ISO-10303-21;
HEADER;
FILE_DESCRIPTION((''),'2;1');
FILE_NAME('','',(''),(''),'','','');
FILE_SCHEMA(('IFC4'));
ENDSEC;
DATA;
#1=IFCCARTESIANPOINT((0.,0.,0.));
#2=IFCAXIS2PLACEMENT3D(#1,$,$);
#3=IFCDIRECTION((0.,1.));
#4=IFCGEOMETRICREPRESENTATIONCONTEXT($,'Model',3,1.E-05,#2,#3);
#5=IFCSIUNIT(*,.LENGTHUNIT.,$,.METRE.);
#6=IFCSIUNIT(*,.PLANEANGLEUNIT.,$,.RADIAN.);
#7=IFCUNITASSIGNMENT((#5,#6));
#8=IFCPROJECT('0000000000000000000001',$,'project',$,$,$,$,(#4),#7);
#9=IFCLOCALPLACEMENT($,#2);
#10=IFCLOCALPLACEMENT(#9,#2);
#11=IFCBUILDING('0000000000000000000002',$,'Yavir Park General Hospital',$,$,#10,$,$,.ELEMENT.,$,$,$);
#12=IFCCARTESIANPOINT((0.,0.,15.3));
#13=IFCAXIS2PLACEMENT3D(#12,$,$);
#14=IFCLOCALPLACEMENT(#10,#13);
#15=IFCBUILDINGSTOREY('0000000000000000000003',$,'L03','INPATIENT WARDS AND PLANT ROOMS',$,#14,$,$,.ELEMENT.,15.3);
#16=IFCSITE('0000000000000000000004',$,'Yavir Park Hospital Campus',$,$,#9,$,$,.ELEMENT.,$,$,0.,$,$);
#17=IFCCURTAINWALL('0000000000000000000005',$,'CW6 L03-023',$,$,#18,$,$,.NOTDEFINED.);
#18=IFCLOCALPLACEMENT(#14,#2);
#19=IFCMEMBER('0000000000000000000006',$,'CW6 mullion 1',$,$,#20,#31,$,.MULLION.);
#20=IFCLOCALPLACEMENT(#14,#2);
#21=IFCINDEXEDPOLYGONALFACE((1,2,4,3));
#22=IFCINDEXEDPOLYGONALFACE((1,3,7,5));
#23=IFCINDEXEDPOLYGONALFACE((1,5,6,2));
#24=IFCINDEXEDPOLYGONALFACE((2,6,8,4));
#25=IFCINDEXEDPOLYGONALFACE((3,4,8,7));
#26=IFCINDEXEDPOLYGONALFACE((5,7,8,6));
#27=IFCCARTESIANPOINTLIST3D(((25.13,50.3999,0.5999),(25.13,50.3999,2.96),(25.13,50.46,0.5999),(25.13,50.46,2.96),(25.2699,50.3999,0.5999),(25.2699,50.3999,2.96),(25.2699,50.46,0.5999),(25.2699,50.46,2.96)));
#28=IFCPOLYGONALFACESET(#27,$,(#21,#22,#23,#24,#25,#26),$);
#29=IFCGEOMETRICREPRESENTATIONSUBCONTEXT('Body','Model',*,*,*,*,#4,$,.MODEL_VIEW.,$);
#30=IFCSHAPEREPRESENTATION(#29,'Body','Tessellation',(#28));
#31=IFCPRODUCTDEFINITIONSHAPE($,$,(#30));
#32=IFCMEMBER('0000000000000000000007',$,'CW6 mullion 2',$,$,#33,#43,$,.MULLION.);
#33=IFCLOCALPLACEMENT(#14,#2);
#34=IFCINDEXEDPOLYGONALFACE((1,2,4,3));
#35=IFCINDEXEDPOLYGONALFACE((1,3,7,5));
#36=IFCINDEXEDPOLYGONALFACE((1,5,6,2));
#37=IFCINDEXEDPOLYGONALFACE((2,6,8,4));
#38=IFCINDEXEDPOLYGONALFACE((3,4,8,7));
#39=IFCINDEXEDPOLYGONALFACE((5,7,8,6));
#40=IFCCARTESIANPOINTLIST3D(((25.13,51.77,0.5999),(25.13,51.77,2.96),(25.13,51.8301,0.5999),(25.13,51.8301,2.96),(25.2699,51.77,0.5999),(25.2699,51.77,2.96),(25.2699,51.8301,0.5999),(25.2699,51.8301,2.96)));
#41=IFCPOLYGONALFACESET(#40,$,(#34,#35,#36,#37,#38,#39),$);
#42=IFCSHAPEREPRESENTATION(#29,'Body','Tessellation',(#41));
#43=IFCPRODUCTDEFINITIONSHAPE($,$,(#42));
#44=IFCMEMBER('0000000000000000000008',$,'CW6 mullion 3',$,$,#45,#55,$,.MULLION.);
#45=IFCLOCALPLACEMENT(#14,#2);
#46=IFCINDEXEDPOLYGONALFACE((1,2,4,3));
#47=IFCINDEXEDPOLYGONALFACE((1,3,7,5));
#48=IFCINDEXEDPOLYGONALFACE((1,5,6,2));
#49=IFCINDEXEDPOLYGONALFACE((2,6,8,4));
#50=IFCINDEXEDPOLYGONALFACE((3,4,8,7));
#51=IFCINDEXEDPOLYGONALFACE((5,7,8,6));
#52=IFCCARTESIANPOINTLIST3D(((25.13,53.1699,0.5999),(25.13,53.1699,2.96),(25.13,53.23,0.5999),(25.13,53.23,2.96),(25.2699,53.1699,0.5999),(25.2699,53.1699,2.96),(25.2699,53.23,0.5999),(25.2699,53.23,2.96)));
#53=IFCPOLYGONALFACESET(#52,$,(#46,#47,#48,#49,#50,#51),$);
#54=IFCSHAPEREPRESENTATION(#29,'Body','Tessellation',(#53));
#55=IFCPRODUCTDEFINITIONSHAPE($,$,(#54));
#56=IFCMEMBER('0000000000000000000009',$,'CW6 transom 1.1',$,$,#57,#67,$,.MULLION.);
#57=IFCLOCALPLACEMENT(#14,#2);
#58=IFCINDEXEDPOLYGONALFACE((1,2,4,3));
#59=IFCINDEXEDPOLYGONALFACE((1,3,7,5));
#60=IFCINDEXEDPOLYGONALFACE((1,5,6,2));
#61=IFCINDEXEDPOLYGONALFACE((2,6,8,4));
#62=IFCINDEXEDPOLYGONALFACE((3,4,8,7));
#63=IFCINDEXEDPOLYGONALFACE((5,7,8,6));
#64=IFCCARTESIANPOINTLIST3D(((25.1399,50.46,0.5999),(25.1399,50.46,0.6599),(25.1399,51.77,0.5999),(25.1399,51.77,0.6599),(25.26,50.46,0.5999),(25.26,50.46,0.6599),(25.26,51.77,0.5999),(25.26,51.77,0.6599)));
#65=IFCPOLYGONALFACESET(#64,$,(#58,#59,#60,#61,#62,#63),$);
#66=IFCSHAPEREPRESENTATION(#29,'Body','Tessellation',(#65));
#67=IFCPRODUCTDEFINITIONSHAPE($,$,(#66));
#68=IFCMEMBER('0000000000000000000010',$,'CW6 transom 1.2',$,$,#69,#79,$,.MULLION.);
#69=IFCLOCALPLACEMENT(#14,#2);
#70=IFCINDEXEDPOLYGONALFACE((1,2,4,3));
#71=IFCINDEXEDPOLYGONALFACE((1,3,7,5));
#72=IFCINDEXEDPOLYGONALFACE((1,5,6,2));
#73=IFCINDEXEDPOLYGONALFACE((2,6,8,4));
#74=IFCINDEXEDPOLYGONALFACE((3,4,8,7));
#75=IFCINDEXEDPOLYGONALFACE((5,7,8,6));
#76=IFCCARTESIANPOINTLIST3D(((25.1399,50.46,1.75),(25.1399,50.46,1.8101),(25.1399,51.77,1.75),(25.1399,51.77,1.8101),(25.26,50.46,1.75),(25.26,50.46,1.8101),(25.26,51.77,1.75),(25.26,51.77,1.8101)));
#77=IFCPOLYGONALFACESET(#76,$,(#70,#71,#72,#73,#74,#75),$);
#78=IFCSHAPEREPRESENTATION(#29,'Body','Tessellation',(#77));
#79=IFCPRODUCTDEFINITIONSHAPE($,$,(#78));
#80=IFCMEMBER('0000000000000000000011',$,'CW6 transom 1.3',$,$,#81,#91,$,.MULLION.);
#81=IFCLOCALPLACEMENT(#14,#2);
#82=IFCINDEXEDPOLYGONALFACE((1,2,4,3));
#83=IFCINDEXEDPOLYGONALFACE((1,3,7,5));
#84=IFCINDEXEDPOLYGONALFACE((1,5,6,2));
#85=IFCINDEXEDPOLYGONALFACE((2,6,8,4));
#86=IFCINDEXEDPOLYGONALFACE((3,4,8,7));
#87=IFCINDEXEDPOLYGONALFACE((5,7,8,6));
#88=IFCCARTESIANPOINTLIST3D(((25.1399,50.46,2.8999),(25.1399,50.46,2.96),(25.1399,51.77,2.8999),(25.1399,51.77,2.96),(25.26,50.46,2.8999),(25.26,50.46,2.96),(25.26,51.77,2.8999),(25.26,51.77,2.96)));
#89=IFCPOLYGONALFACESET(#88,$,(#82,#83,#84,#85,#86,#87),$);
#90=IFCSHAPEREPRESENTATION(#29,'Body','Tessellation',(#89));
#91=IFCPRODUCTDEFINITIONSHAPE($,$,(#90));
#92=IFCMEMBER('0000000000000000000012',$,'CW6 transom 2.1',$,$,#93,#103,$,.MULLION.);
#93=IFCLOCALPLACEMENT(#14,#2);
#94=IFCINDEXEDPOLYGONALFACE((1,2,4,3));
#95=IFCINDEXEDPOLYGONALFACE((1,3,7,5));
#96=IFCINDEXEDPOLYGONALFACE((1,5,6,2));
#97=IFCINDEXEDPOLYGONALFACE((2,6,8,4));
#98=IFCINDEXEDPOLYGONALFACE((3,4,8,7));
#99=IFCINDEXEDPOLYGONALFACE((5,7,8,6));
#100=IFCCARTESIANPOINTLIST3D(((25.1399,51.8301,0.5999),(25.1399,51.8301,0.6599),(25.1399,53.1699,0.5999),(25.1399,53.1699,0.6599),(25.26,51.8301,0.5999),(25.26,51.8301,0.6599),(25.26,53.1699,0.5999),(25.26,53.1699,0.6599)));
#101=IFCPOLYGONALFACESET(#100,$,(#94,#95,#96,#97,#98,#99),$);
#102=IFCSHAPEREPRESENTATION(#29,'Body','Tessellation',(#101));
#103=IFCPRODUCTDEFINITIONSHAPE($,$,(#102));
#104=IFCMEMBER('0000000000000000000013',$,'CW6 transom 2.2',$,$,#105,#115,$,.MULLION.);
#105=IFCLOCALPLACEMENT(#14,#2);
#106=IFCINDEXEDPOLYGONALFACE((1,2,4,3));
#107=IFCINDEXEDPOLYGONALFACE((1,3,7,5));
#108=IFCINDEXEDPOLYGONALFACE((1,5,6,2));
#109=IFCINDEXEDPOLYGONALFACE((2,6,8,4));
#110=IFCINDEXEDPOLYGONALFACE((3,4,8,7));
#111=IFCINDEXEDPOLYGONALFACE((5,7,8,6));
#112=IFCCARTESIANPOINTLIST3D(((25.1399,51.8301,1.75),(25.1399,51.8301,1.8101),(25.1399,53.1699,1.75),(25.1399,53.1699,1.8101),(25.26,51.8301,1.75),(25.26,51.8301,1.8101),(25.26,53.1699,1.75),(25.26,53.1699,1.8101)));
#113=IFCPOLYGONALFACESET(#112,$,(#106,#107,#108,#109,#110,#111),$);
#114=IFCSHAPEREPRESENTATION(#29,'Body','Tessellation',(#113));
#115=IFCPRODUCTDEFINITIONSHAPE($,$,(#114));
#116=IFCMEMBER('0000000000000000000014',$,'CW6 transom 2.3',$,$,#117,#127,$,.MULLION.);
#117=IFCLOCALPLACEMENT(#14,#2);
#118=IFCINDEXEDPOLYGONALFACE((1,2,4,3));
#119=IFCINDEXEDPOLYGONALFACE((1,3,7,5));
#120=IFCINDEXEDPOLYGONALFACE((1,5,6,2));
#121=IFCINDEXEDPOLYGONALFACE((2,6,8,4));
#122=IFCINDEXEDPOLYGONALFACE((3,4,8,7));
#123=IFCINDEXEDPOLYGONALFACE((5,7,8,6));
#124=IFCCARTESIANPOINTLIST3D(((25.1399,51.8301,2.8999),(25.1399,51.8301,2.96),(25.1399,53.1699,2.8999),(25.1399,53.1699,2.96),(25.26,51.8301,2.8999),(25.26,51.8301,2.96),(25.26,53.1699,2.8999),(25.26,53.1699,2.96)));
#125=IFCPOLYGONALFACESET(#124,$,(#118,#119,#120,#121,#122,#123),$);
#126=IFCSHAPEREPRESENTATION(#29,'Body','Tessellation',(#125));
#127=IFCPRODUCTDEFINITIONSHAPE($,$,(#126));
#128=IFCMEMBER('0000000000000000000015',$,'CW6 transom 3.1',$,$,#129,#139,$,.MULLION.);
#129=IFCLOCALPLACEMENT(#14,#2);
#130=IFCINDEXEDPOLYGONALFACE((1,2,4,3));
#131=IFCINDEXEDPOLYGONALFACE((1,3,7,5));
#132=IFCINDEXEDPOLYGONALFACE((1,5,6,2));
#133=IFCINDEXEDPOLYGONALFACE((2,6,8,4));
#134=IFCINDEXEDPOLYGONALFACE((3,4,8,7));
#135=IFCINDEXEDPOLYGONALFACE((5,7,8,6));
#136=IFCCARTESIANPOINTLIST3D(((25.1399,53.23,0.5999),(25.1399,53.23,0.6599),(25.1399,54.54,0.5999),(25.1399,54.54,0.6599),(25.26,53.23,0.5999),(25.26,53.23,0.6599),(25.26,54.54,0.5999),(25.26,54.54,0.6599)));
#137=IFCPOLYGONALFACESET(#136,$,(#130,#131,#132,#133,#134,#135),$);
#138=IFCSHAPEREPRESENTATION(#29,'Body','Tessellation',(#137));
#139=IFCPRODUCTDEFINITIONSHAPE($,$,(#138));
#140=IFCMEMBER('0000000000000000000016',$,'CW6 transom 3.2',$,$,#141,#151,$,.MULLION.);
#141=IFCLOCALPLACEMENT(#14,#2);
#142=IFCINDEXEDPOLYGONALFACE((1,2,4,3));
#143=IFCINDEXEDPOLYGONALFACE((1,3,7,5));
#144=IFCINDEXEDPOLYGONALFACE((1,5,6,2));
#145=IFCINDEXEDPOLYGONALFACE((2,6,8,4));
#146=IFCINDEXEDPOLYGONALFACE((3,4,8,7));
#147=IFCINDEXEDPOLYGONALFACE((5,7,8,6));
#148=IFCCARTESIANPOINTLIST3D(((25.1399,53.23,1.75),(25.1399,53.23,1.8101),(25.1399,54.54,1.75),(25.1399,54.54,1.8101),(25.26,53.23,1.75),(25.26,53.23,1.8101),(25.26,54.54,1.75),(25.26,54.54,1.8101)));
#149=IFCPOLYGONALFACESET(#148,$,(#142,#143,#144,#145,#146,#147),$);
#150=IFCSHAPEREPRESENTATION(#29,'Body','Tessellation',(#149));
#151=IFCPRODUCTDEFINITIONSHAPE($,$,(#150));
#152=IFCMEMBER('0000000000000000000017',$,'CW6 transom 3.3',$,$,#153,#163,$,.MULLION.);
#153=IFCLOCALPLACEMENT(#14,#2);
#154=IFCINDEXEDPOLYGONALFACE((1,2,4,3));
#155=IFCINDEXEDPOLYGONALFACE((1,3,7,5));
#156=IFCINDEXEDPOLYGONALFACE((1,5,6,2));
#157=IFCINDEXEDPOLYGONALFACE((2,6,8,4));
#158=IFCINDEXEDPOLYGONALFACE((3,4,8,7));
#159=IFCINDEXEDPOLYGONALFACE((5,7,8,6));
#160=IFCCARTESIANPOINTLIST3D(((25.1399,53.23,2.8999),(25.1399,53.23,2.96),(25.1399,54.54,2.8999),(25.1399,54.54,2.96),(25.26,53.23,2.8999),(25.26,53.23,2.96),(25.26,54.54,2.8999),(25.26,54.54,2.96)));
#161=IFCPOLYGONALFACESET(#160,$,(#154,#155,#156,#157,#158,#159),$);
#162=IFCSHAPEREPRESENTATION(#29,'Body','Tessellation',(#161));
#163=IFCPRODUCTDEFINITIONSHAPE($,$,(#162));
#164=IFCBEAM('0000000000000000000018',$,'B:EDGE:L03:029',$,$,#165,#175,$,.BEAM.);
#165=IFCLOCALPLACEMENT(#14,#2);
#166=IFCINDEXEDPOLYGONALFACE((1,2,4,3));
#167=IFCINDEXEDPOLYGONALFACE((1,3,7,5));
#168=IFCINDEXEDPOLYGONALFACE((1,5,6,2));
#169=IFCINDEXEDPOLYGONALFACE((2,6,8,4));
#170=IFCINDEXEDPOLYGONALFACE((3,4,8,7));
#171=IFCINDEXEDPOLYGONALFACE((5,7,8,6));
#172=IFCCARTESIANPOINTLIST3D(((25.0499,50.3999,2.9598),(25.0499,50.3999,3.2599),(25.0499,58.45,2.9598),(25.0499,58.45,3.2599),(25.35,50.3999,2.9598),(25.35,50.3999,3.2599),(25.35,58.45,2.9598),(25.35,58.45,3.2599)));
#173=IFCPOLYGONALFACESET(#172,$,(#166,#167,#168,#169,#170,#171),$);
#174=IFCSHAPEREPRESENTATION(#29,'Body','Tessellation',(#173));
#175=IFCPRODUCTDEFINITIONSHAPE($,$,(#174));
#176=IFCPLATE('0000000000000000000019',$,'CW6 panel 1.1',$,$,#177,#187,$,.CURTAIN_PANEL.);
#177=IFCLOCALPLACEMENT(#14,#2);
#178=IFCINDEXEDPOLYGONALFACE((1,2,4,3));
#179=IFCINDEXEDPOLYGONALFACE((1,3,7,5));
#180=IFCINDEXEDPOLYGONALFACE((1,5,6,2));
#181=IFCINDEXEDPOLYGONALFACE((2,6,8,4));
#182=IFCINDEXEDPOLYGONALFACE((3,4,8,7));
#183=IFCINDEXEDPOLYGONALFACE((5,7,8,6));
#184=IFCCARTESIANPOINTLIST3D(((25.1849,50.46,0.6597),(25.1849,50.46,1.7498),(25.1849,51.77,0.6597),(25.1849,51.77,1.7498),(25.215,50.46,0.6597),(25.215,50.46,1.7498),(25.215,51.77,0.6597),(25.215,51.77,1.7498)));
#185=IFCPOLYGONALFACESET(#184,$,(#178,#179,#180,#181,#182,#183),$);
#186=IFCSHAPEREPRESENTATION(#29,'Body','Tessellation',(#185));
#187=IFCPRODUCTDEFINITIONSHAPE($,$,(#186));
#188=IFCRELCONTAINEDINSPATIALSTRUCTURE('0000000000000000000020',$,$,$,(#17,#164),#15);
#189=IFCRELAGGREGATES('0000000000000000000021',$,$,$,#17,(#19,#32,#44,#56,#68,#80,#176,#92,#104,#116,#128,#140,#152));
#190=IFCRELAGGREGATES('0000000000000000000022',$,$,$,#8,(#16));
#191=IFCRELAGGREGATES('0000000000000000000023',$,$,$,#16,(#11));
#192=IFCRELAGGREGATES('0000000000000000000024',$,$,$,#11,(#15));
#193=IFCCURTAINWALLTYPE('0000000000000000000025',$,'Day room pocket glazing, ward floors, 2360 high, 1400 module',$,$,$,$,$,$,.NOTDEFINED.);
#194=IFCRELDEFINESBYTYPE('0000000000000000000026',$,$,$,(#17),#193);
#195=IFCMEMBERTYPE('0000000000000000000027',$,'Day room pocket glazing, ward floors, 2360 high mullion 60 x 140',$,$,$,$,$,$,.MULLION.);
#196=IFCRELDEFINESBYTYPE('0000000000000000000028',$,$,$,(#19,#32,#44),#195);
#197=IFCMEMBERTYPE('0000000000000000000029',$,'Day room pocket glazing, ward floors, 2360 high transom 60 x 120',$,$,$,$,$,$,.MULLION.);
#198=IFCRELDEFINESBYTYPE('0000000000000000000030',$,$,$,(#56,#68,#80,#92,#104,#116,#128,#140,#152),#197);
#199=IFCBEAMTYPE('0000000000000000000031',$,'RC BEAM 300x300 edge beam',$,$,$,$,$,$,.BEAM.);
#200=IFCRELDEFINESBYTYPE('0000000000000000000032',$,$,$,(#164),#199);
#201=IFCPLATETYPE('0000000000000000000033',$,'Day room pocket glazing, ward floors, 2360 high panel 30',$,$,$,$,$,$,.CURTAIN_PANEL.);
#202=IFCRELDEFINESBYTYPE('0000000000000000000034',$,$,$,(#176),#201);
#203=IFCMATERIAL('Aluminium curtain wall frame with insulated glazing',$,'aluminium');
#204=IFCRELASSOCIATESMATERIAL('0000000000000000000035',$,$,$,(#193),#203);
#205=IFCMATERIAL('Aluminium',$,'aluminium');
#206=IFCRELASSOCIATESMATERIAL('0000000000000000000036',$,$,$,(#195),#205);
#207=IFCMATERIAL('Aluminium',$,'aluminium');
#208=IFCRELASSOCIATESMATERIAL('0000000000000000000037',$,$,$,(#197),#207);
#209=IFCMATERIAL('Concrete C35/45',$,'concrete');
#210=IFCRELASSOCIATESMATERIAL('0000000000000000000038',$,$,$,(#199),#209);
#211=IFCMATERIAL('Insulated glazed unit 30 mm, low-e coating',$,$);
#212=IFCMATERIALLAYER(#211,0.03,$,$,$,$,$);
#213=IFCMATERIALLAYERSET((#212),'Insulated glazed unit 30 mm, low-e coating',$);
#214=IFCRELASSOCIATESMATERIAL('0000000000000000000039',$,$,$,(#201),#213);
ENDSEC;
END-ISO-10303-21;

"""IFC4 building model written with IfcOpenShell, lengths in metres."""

from ifc_helpers import new_model, si_unit, direction, frame, origin, origin_2d, place, context, subcontext, project, spatial, rectangle, extrude, material, layer, layer_set, material_profile, profile_set, type_object, element, aggregate, save


model = new_model("IFC4")

# Units and contexts
model_context = context("Model", 3, precision=1e-05, world=origin(), true_north=direction((0.0, 1.0)))
body_context = subcontext(model_context, "Body", "Model", "MODEL_VIEW")
ifc_project = project(units=[si_unit("LENGTHUNIT", "METRE"), si_unit("PLANEANGLEUNIT", "RADIAN")], contexts=[model_context])

# Site, building, storey
site_placement = place(None, origin())
site = spatial("IfcSite", under=ifc_project, at=site_placement, Name="Yavir Park Hospital Campus", CompositionType="ELEMENT", RefElevation=0.0)
building_placement = place(site_placement, origin())
building = spatial("IfcBuilding", under=site, at=building_placement, Name="Yavir Park General Hospital", CompositionType="ELEMENT")
storey_placement = place(building_placement, frame((0.0, 0.0, 15.3)))
storey = spatial("IfcBuildingStorey", under=building, at=storey_placement, Name="L03", Description="INPATIENT WARDS AND PLANT ROOMS", CompositionType="ELEMENT", Elevation=15.3)

# Curtain wall, members
ifc_material_1 = material(Name="Aluminium curtain wall frame with insulated glazing", Category="aluminium")
curtain_wall_type = type_object("IfcCurtainWallType", Name="Day room pocket glazing, ward floors, 2360 high, 1400 module", PredefinedType="NOTDEFINED", material=ifc_material_1)
curtain_wall_placement = place(storey_placement, origin())
curtain_wall = element("IfcCurtainWall", 1, at=curtain_wall_placement, inside=storey, type_object=curtain_wall_type, Name="CW6 L03-023", PredefinedType="NOTDEFINED")
ifc_material_2 = material(Name="Aluminium", Category="aluminium")
ifc_material_profile_1 = material_profile(ifc_material_2, rectangle(XDim=0.1399, YDim=0.0601, at=origin_2d()), Name="AL 60x140")
ifc_profile_set_1 = profile_set([ifc_material_profile_1], Name="Aluminium")
member_type_1 = type_object("IfcMemberType", Name="Day room pocket glazing, ward floors, 2360 high mullion 60 x 140", PredefinedType="MULLION", material=ifc_profile_set_1)
member_1_placement = place(storey_placement, frame((25.2, 50.4299, 0.5999), z_axis=(0.0, 0.0, 1.0), x_axis=(-1.0, 0.0, 0.0)))
member_1 = element("IfcMember", 2, at=member_1_placement, type_object=member_type_1, Name="CW6 mullion 1", PredefinedType="MULLION", context=body_context, shape_type="SweptSolid", body=[
    extrude(rectangle(XDim=0.1399, YDim=0.0601, at=origin_2d()), origin(), (0.0, 0.0, 1.0), 2.3601),
])
member_2_placement = place(storey_placement, frame((25.2, 51.8, 0.5999), z_axis=(0.0, 0.0, 1.0), x_axis=(-1.0, 0.0, 0.0)))
member_2 = element("IfcMember", 3, at=member_2_placement, type_object=member_type_1, Name="CW6 mullion 2", PredefinedType="MULLION", context=body_context, shape_type="SweptSolid", body=[
    extrude(rectangle(XDim=0.1399, YDim=0.0601, at=origin_2d()), origin(), (0.0, 0.0, 1.0), 2.3601),
])
member_3_placement = place(storey_placement, frame((25.2, 53.2, 0.5999), z_axis=(0.0, 0.0, 1.0), x_axis=(-1.0, 0.0, 0.0)))
member_3 = element("IfcMember", 4, at=member_3_placement, type_object=member_type_1, Name="CW6 mullion 3", PredefinedType="MULLION", context=body_context, shape_type="SweptSolid", body=[
    extrude(rectangle(XDim=0.1399, YDim=0.0601, at=origin_2d()), origin(), (0.0, 0.0, 1.0), 2.3601),
])
ifc_material_3 = material(Name="Aluminium", Category="aluminium")
ifc_material_profile_2 = material_profile(ifc_material_3, rectangle(XDim=0.1201, YDim=0.0601, at=origin_2d()), Name="AL 120x60")
ifc_profile_set_2 = profile_set([ifc_material_profile_2], Name="Aluminium")
member_type_2 = type_object("IfcMemberType", Name="Day room pocket glazing, ward floors, 2360 high transom 60 x 120", PredefinedType="MULLION", material=ifc_profile_set_2)
member_4_placement = place(storey_placement, frame((25.2, 50.46, 0.6299), z_axis=(0.0, 1.0, 0.0), x_axis=(-1.0, 0.0, 0.0)))
member_4 = element("IfcMember", 5, at=member_4_placement, type_object=member_type_2, Name="CW6 transom 1.1", PredefinedType="MULLION", context=body_context, shape_type="SweptSolid", body=[
    extrude(rectangle(XDim=0.1201, YDim=0.0601, at=origin_2d()), origin(), (0.0, 0.0, 1.0), 1.3101),
])
member_5_placement = place(storey_placement, frame((25.2, 50.46, 1.78), z_axis=(0.0, 1.0, 0.0), x_axis=(-1.0, 0.0, 0.0)))
member_5 = element("IfcMember", 6, at=member_5_placement, type_object=member_type_2, Name="CW6 transom 1.2", PredefinedType="MULLION", context=body_context, shape_type="SweptSolid", body=[
    extrude(rectangle(XDim=0.1201, YDim=0.0601, at=origin_2d()), origin(), (0.0, 0.0, 1.0), 1.3101),
])
member_6_placement = place(storey_placement, frame((25.2, 50.46, 2.9299), z_axis=(0.0, 1.0, 0.0), x_axis=(-1.0, 0.0, 0.0)))
member_6 = element("IfcMember", 7, at=member_6_placement, type_object=member_type_2, Name="CW6 transom 1.3", PredefinedType="MULLION", context=body_context, shape_type="SweptSolid", body=[
    extrude(rectangle(XDim=0.1201, YDim=0.0601, at=origin_2d()), origin(), (0.0, 0.0, 1.0), 1.3101),
])
member_7_placement = place(storey_placement, frame((25.2, 51.8301, 0.6299), z_axis=(0.0, 1.0, 0.0), x_axis=(-1.0, 0.0, 0.0)))
member_7 = element("IfcMember", 8, at=member_7_placement, type_object=member_type_2, Name="CW6 transom 2.1", PredefinedType="MULLION", context=body_context, shape_type="SweptSolid", body=[
    extrude(rectangle(XDim=0.1201, YDim=0.0601, at=origin_2d()), origin(), (0.0, 0.0, 1.0), 1.3398),
])
member_8_placement = place(storey_placement, frame((25.2, 51.8301, 1.78), z_axis=(0.0, 1.0, 0.0), x_axis=(-1.0, 0.0, 0.0)))
member_8 = element("IfcMember", 9, at=member_8_placement, type_object=member_type_2, Name="CW6 transom 2.2", PredefinedType="MULLION", context=body_context, shape_type="SweptSolid", body=[
    extrude(rectangle(XDim=0.1201, YDim=0.0601, at=origin_2d()), origin(), (0.0, 0.0, 1.0), 1.3398),
])
member_9_placement = place(storey_placement, frame((25.2, 51.8301, 2.9299), z_axis=(0.0, 1.0, 0.0), x_axis=(-1.0, 0.0, 0.0)))
member_9 = element("IfcMember", 10, at=member_9_placement, type_object=member_type_2, Name="CW6 transom 2.3", PredefinedType="MULLION", context=body_context, shape_type="SweptSolid", body=[
    extrude(rectangle(XDim=0.1201, YDim=0.0601, at=origin_2d()), origin(), (0.0, 0.0, 1.0), 1.3398),
])
member_10_placement = place(storey_placement, frame((25.2, 53.23, 0.6299), z_axis=(0.0, 1.0, 0.0), x_axis=(-1.0, 0.0, 0.0)))
member_10 = element("IfcMember", 11, at=member_10_placement, type_object=member_type_2, Name="CW6 transom 3.1", PredefinedType="MULLION", context=body_context, shape_type="SweptSolid", body=[
    extrude(rectangle(XDim=0.1201, YDim=0.0601, at=origin_2d()), origin(), (0.0, 0.0, 1.0), 1.3101),
])
member_11_placement = place(storey_placement, frame((25.2, 53.23, 1.78), z_axis=(0.0, 1.0, 0.0), x_axis=(-1.0, 0.0, 0.0)))
member_11 = element("IfcMember", 12, at=member_11_placement, type_object=member_type_2, Name="CW6 transom 3.2", PredefinedType="MULLION", context=body_context, shape_type="SweptSolid", body=[
    extrude(rectangle(XDim=0.1201, YDim=0.0601, at=origin_2d()), origin(), (0.0, 0.0, 1.0), 1.3101),
])
member_12_placement = place(storey_placement, frame((25.2, 53.23, 2.9299), z_axis=(0.0, 1.0, 0.0), x_axis=(-1.0, 0.0, 0.0)))
member_12 = element("IfcMember", 13, at=member_12_placement, type_object=member_type_2, Name="CW6 transom 3.3", PredefinedType="MULLION", context=body_context, shape_type="SweptSolid", body=[
    extrude(rectangle(XDim=0.1201, YDim=0.0601, at=origin_2d()), origin(), (0.0, 0.0, 1.0), 1.3101),
])

# Beam
ifc_material_4 = material(Name="Concrete C35/45", Category="concrete")
ifc_material_profile_3 = material_profile(ifc_material_4, rectangle(XDim=0.3, YDim=0.3, at=origin_2d()), Name="RC300x300")
ifc_profile_set_3 = profile_set([ifc_material_profile_3], Name="Concrete C35/45")
beam_type = type_object("IfcBeamType", Name="RC BEAM 300x300 edge beam", PredefinedType="BEAM", material=ifc_profile_set_3)
beam_placement = place(storey_placement, frame((25.2, 50.3999, 3.1099), z_axis=(0.0, 1.0, 0.0), x_axis=(-1.0, 0.0, 0.0)))
element("IfcBeam", 14, at=beam_placement, inside=storey, type_object=beam_type, Name="B:EDGE:L03:029", PredefinedType="BEAM", context=body_context, shape_type="SweptSolid", body=[
    extrude(rectangle(XDim=0.3, YDim=0.3, at=origin_2d()), origin(), (0.0, 0.0, 1.0), 8.05),
])

# Plate
ifc_material_5 = material(Name="Insulated glazed unit 30 mm, low-e coating")
ifc_layer_1 = layer(ifc_material_5, 0.03)
ifc_layer_set_1 = layer_set([ifc_layer_1], Name="Insulated glazed unit 30 mm, low-e coating")
plate_type = type_object("IfcPlateType", Name="Day room pocket glazing, ward floors, 2360 high panel 30", PredefinedType="CURTAIN_PANEL", material=ifc_layer_set_1)
plate_1_placement = place(storey_placement, frame((25.2, 51.115, 0.6597), z_axis=(0.0, 0.0, 1.0), x_axis=(0.0, 1.0, 0.0)))
plate_1 = element("IfcPlate", 15, at=plate_1_placement, type_object=plate_type, Name="CW6 panel 1.1", PredefinedType="CURTAIN_PANEL", context=body_context, shape_type="SweptSolid", body=[
    extrude(rectangle(XDim=1.3101, YDim=0.03, at=origin_2d()), origin(), (0.0, 0.0, 1.0), 1.0901),
])
aggregate(curtain_wall, [member_1, member_2, member_3, member_4, member_5, member_6, plate_1, member_7, member_8, member_9, member_10, member_11, member_12])

save(model, "model.ifc")
